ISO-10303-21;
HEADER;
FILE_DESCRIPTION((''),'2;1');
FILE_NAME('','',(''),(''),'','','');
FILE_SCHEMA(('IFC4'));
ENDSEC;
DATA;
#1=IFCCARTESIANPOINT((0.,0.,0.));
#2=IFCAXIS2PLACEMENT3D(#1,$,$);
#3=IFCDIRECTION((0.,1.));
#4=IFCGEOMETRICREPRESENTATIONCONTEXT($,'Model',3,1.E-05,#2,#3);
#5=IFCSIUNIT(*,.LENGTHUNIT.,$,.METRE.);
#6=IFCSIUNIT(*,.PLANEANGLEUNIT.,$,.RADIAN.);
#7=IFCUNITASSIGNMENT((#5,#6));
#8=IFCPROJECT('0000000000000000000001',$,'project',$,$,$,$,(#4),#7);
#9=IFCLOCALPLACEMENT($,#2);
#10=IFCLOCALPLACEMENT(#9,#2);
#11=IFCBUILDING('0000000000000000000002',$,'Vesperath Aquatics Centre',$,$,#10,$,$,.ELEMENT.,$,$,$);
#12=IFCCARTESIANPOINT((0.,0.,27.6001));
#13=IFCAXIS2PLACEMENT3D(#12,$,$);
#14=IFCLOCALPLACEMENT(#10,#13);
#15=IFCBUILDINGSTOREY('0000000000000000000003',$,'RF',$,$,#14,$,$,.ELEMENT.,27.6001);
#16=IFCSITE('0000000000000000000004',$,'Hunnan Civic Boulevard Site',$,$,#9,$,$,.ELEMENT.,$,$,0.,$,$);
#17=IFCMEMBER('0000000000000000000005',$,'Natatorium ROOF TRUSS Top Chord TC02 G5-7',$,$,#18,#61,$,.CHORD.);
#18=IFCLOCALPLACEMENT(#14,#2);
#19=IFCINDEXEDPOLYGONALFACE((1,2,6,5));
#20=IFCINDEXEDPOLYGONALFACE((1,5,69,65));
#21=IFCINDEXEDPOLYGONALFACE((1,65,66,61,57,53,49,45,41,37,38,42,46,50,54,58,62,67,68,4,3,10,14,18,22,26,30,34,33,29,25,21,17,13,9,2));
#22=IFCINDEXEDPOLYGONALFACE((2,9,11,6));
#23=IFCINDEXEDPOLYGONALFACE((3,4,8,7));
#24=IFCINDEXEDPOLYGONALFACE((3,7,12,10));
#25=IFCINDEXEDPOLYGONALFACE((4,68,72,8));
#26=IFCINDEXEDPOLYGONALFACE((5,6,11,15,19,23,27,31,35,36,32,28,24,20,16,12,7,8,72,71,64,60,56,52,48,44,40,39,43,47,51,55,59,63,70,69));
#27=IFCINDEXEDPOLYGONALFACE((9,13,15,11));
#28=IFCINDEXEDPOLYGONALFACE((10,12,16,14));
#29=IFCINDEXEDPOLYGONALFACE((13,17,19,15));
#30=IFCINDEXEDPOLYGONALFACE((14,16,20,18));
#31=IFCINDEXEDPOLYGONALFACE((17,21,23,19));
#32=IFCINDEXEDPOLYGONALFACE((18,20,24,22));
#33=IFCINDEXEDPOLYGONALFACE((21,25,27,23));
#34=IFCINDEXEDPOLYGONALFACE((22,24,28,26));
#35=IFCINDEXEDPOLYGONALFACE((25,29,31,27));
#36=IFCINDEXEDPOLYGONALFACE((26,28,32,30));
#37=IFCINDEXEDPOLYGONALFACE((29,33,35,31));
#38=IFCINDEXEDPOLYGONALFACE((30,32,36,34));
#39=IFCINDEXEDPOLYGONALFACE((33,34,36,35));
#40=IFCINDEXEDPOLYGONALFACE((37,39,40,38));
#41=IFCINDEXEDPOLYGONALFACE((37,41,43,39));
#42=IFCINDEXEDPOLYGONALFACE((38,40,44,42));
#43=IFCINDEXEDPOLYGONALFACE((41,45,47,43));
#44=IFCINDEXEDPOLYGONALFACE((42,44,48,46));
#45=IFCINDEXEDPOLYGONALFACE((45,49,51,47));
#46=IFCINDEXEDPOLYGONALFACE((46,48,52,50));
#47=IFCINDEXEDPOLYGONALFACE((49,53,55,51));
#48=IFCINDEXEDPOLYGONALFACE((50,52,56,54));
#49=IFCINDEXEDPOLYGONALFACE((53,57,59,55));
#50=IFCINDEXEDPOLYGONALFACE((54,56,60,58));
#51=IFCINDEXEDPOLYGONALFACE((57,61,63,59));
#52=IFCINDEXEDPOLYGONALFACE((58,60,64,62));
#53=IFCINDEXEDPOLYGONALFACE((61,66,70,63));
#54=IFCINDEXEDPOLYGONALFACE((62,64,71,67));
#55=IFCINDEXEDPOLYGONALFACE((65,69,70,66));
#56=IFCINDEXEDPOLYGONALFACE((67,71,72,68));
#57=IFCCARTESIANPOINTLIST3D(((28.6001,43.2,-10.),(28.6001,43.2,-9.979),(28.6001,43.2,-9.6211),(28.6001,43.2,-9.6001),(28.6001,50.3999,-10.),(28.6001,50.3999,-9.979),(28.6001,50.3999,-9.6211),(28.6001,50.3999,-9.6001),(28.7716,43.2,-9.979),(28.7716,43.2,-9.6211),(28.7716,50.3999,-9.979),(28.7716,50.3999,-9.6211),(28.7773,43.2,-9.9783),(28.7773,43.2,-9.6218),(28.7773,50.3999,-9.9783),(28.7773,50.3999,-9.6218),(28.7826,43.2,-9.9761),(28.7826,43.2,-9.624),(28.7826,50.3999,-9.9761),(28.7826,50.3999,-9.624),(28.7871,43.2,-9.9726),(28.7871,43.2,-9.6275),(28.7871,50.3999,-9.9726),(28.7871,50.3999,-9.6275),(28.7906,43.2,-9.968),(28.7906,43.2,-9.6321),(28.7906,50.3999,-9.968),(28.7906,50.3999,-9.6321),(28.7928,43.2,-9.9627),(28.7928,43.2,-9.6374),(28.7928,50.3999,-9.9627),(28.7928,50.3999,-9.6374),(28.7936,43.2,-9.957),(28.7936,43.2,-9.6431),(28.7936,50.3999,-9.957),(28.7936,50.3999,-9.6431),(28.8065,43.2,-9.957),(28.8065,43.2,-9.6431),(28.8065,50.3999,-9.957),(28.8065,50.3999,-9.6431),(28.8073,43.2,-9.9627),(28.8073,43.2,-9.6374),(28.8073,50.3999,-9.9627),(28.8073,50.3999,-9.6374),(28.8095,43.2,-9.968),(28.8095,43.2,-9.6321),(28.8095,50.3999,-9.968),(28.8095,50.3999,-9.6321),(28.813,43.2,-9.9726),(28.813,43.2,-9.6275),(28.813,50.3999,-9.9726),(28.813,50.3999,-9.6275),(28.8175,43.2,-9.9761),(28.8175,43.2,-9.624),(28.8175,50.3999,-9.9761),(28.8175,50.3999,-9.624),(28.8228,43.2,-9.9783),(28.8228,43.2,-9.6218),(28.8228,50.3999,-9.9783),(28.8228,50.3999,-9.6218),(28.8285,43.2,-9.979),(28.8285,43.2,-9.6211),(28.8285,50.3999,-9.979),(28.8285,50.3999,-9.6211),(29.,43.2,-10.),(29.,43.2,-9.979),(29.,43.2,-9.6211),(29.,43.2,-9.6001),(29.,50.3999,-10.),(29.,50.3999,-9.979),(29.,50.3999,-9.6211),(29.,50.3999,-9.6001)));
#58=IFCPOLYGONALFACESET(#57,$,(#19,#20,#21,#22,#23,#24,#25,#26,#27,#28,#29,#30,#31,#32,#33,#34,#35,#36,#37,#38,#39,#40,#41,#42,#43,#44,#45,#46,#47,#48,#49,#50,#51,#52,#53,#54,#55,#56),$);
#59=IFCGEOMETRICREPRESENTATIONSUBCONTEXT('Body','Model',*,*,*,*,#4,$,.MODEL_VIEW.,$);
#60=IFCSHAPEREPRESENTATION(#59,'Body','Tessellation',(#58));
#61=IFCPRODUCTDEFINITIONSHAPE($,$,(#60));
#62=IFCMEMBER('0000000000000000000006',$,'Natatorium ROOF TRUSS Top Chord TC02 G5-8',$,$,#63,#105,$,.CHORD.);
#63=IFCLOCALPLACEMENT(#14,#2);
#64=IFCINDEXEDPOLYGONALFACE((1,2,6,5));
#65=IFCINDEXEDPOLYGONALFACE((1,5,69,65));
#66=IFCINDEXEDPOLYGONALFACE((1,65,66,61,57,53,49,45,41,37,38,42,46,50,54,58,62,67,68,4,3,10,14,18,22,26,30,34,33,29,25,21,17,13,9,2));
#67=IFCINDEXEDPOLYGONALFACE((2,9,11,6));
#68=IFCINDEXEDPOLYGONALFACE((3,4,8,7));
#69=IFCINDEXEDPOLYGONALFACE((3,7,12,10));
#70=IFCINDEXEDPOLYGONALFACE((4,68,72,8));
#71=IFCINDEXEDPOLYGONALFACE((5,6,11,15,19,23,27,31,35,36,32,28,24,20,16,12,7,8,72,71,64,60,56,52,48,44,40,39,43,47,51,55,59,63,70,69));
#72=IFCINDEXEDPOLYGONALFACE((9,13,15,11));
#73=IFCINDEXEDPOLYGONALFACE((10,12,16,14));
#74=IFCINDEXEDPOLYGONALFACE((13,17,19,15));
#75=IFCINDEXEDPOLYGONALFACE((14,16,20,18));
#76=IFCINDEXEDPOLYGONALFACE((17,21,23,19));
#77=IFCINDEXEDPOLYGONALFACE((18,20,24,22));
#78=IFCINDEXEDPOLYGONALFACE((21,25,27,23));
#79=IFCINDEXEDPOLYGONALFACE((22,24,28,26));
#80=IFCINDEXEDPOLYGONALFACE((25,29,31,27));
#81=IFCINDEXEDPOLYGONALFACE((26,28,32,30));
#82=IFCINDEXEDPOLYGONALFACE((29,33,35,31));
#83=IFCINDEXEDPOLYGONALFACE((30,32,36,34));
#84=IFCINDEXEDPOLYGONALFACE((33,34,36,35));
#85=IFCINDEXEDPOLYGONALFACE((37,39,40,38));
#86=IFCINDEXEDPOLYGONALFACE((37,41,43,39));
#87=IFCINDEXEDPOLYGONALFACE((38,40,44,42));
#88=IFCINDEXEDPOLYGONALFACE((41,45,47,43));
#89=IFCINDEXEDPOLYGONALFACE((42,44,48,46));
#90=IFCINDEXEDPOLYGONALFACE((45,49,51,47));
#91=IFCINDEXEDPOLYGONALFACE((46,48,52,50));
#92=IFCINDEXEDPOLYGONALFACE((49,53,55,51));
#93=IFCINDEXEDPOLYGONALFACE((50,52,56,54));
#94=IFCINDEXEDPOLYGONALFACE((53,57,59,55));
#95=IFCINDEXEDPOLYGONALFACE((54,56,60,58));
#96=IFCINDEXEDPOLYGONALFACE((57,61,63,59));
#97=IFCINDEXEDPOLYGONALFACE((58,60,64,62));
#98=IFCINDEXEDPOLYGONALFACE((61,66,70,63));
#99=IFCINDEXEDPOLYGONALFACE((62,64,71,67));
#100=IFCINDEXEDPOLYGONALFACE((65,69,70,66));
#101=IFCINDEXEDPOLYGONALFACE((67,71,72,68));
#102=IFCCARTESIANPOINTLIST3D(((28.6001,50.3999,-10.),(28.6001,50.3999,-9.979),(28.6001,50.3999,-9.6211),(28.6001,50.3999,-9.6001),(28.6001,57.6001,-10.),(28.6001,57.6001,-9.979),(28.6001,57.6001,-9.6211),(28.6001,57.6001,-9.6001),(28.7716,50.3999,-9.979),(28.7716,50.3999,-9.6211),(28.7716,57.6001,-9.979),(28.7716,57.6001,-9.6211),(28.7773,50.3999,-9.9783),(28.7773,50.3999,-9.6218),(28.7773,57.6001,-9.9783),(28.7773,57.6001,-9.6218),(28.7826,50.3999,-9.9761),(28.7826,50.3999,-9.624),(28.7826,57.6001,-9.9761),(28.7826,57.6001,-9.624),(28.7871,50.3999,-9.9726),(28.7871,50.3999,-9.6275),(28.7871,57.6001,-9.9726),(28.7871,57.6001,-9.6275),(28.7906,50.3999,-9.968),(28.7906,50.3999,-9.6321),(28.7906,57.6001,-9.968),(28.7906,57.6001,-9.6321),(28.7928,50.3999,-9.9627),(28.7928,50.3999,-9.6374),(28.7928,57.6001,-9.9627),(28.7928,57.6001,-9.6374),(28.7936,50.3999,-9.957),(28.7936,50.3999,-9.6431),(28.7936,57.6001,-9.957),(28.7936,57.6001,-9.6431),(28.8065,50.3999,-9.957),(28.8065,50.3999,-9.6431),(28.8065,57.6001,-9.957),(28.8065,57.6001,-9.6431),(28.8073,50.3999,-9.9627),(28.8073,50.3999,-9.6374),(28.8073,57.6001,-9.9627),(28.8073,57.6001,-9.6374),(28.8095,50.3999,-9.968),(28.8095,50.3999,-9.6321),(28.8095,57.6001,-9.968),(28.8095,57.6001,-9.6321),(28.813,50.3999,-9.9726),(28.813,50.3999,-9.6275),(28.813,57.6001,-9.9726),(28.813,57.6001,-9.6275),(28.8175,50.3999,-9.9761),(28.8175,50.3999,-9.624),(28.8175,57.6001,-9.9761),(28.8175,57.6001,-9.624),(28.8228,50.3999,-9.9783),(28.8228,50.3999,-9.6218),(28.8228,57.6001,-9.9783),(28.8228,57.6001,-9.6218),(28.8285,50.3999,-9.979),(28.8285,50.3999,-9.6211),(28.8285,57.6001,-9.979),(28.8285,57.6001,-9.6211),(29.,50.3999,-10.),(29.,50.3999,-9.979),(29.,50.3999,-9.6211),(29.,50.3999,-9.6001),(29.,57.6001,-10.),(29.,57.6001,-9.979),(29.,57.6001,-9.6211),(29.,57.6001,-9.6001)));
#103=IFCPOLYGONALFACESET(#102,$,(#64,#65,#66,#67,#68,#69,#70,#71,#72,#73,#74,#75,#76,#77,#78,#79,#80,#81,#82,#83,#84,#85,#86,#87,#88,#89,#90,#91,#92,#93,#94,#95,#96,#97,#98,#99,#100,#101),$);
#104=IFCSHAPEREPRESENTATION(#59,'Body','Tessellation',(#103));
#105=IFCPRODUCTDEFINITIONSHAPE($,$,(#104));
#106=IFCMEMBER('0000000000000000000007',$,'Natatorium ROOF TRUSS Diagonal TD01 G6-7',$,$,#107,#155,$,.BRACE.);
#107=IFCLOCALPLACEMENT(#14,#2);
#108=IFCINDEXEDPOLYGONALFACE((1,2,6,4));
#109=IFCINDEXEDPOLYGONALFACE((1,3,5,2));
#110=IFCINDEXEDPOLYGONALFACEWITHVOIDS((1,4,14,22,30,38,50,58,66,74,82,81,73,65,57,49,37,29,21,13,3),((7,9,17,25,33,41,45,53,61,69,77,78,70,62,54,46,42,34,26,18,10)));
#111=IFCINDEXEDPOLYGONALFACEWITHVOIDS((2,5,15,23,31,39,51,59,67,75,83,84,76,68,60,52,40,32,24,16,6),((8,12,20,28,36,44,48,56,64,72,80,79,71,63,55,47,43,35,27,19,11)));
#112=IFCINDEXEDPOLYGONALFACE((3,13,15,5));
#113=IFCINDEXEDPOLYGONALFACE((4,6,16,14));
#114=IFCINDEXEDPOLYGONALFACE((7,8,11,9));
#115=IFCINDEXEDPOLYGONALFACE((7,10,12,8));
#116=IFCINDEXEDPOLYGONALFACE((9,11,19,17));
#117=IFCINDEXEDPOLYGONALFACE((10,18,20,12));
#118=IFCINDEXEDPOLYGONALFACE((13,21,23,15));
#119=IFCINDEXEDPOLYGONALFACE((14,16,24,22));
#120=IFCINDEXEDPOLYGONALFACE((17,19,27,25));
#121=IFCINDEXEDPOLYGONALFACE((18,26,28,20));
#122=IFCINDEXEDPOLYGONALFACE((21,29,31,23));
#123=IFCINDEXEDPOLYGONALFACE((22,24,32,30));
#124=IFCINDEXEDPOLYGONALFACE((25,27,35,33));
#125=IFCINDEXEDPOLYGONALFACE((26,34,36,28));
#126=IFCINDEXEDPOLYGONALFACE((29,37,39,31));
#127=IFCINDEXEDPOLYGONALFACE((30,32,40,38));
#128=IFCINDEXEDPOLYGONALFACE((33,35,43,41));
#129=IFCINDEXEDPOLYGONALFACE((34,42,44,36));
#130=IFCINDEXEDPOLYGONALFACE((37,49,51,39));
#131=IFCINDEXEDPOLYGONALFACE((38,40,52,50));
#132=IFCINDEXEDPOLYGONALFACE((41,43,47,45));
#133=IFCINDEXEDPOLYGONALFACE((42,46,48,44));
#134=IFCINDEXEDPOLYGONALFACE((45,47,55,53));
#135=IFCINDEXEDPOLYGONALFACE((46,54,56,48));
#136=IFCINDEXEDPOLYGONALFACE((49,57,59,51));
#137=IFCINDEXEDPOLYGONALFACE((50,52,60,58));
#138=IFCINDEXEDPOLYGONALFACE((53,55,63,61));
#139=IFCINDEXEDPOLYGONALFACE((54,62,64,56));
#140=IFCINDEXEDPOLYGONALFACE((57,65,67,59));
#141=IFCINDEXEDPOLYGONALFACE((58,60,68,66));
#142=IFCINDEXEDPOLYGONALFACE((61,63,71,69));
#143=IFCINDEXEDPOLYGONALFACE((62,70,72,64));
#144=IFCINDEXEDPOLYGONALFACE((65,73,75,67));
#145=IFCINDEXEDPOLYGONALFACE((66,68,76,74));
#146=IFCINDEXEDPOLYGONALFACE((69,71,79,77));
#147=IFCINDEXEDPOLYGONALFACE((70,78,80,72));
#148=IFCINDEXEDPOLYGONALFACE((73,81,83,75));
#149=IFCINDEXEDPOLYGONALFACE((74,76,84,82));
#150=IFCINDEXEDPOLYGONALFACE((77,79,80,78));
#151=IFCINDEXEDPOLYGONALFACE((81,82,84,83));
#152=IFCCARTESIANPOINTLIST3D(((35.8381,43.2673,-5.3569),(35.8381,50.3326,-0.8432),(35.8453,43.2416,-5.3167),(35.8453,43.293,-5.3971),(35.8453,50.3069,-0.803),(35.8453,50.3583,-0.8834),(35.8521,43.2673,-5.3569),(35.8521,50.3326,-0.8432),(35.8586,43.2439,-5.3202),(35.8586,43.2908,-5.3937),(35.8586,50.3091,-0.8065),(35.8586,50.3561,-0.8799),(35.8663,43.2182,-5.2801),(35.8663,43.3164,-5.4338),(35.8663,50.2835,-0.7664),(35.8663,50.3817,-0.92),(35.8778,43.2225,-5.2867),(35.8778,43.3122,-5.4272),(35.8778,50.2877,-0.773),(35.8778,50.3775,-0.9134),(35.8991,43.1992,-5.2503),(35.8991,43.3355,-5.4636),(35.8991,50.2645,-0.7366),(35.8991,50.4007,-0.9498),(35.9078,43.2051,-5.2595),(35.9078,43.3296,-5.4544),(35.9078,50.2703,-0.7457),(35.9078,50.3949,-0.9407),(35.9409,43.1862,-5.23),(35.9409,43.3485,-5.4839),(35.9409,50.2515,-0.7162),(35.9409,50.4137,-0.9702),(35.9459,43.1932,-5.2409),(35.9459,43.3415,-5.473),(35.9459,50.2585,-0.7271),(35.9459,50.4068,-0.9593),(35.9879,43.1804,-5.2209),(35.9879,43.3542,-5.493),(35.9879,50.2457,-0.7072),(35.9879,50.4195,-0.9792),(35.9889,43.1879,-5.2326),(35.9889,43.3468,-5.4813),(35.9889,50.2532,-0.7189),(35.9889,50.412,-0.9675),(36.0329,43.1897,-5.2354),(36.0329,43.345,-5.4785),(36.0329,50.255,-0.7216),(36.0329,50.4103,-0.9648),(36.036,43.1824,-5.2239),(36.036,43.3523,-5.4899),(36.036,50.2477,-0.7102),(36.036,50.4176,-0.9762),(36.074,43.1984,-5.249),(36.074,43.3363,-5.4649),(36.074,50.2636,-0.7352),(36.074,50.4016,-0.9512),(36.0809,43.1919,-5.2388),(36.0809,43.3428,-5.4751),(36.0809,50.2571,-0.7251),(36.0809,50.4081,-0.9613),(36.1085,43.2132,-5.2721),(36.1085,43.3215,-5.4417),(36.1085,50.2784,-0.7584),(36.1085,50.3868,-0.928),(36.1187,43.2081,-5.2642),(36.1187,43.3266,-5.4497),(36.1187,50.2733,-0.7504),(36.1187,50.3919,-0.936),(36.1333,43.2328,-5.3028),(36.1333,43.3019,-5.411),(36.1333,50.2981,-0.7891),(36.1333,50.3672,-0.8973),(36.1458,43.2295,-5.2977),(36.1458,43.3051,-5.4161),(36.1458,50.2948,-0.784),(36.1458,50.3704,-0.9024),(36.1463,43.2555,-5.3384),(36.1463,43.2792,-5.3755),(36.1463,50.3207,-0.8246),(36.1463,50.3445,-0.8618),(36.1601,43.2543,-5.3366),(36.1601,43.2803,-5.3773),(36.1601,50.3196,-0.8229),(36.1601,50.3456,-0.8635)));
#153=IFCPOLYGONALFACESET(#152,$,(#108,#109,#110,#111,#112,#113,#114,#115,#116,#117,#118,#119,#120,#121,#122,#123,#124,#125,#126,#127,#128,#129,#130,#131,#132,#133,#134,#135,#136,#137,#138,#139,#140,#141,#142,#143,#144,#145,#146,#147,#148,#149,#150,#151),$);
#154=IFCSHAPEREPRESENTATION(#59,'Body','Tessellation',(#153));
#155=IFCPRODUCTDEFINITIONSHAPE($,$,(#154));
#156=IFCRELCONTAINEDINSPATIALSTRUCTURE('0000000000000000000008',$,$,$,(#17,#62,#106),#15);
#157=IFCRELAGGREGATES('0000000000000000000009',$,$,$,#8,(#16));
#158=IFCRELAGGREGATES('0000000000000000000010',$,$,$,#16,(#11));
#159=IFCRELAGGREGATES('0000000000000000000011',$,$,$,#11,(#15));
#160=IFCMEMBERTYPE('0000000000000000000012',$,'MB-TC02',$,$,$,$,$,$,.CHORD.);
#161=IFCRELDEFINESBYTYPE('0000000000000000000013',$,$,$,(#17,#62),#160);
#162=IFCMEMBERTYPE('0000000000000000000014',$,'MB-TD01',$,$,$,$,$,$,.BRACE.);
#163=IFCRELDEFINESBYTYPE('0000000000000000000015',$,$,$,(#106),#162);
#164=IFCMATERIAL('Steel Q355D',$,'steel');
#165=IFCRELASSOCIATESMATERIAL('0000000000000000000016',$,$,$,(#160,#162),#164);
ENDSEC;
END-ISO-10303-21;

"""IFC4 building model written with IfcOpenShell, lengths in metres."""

from ifc_helpers import new_model, si_unit, direction, frame, origin, origin_2d, place, context, subcontext, project, spatial, hollow_circle, i_section, extrude, material, material_profile, profile_set, type_object, element, save


model = new_model("IFC4")

# Units and contexts
model_context = context("Model", 3, precision=1e-05, world=origin(), true_north=direction((0.0, 1.0)))
body_context = subcontext(model_context, "Body", "Model", "MODEL_VIEW")
ifc_project = project(units=[si_unit("LENGTHUNIT", "METRE"), si_unit("PLANEANGLEUNIT", "RADIAN")], contexts=[model_context])

# Site, building, storey
site_placement = place(None, origin())
site = spatial("IfcSite", under=ifc_project, at=site_placement, Name="Hunnan Civic Boulevard Site", CompositionType="ELEMENT", RefElevation=0.0)
building_placement = place(site_placement, origin())
building = spatial("IfcBuilding", under=site, at=building_placement, Name="Vesperath Aquatics Centre", CompositionType="ELEMENT")
storey_placement = place(building_placement, frame((0.0, 0.0, 27.6001)))
storey = spatial("IfcBuildingStorey", under=building, at=storey_placement, Name="RF", CompositionType="ELEMENT", Elevation=27.6001)

# Members
ifc_material_1 = material(Name="Steel Q355D", Category="steel")
ifc_material_profile_1 = material_profile(ifc_material_1, i_section(OverallWidth=0.3999, OverallDepth=0.3999, WebThickness=0.0129, FlangeThickness=0.021, FilletRadius=0.022, at=origin_2d()), Name="HW 400x400x13x21")
ifc_profile_set_1 = profile_set([ifc_material_profile_1], Name="Steel Q355D")
member_type_1 = type_object("IfcMemberType", Name="MB-TC02", PredefinedType="CHORD", material=ifc_profile_set_1)
member_1_placement = place(storey_placement, frame((28.8, 43.2, -9.8), z_axis=(0.0, 1.0, 0.0), x_axis=(-1.0, 0.0, 0.0)))
element("IfcMember", 1, at=member_1_placement, inside=storey, type_object=member_type_1, Name="Natatorium ROOF TRUSS Top Chord TC02 G5-7", PredefinedType="CHORD", context=body_context, shape_type="SweptSolid", body=[
    extrude(i_section(OverallWidth=0.3999, OverallDepth=0.3999, WebThickness=0.0129, FlangeThickness=0.021, FilletRadius=0.022, at=origin_2d()), origin(), (0.0, 0.0, 1.0), 7.2),
])
member_2_placement = place(storey_placement, frame((28.8, 50.3999, -9.8), z_axis=(0.0, 1.0, 0.0), x_axis=(-1.0, 0.0, 0.0)))
element("IfcMember", 2, at=member_2_placement, inside=storey, type_object=member_type_1, Name="Natatorium ROOF TRUSS Top Chord TC02 G5-8", PredefinedType="CHORD", context=body_context, shape_type="SweptSolid", body=[
    extrude(i_section(OverallWidth=0.3999, OverallDepth=0.3999, WebThickness=0.0129, FlangeThickness=0.021, FilletRadius=0.022, at=origin_2d()), origin(), (0.0, 0.0, 1.0), 7.2002),
])
ifc_material_profile_2 = material_profile(ifc_material_1, hollow_circle(Radius=0.1619, WallThickness=0.0139, at=origin_2d()), Name="CHS 323.9x14")
ifc_profile_set_2 = profile_set([ifc_material_profile_2], Name="Steel Q355D")
member_type_2 = type_object("IfcMemberType", Name="MB-TD01", PredefinedType="BRACE", material=ifc_profile_set_2)
member_3_placement = place(storey_placement, frame((36.0, 43.2673, -5.3569), z_axis=(0.0, 0.842707, 0.538373), x_axis=(-1.0, 0.0, 0.0)))
element("IfcMember", 3, at=member_3_placement, inside=storey, type_object=member_type_2, Name="Natatorium ROOF TRUSS Diagonal TD01 G6-7", PredefinedType="BRACE", context=body_context, shape_type="SweptSolid", body=[
    extrude(hollow_circle(Radius=0.1619, WallThickness=0.0139, at=origin_2d()), origin(), (0.0, 0.0, 1.0), 8.384),
])

save(model, "model.ifc")
